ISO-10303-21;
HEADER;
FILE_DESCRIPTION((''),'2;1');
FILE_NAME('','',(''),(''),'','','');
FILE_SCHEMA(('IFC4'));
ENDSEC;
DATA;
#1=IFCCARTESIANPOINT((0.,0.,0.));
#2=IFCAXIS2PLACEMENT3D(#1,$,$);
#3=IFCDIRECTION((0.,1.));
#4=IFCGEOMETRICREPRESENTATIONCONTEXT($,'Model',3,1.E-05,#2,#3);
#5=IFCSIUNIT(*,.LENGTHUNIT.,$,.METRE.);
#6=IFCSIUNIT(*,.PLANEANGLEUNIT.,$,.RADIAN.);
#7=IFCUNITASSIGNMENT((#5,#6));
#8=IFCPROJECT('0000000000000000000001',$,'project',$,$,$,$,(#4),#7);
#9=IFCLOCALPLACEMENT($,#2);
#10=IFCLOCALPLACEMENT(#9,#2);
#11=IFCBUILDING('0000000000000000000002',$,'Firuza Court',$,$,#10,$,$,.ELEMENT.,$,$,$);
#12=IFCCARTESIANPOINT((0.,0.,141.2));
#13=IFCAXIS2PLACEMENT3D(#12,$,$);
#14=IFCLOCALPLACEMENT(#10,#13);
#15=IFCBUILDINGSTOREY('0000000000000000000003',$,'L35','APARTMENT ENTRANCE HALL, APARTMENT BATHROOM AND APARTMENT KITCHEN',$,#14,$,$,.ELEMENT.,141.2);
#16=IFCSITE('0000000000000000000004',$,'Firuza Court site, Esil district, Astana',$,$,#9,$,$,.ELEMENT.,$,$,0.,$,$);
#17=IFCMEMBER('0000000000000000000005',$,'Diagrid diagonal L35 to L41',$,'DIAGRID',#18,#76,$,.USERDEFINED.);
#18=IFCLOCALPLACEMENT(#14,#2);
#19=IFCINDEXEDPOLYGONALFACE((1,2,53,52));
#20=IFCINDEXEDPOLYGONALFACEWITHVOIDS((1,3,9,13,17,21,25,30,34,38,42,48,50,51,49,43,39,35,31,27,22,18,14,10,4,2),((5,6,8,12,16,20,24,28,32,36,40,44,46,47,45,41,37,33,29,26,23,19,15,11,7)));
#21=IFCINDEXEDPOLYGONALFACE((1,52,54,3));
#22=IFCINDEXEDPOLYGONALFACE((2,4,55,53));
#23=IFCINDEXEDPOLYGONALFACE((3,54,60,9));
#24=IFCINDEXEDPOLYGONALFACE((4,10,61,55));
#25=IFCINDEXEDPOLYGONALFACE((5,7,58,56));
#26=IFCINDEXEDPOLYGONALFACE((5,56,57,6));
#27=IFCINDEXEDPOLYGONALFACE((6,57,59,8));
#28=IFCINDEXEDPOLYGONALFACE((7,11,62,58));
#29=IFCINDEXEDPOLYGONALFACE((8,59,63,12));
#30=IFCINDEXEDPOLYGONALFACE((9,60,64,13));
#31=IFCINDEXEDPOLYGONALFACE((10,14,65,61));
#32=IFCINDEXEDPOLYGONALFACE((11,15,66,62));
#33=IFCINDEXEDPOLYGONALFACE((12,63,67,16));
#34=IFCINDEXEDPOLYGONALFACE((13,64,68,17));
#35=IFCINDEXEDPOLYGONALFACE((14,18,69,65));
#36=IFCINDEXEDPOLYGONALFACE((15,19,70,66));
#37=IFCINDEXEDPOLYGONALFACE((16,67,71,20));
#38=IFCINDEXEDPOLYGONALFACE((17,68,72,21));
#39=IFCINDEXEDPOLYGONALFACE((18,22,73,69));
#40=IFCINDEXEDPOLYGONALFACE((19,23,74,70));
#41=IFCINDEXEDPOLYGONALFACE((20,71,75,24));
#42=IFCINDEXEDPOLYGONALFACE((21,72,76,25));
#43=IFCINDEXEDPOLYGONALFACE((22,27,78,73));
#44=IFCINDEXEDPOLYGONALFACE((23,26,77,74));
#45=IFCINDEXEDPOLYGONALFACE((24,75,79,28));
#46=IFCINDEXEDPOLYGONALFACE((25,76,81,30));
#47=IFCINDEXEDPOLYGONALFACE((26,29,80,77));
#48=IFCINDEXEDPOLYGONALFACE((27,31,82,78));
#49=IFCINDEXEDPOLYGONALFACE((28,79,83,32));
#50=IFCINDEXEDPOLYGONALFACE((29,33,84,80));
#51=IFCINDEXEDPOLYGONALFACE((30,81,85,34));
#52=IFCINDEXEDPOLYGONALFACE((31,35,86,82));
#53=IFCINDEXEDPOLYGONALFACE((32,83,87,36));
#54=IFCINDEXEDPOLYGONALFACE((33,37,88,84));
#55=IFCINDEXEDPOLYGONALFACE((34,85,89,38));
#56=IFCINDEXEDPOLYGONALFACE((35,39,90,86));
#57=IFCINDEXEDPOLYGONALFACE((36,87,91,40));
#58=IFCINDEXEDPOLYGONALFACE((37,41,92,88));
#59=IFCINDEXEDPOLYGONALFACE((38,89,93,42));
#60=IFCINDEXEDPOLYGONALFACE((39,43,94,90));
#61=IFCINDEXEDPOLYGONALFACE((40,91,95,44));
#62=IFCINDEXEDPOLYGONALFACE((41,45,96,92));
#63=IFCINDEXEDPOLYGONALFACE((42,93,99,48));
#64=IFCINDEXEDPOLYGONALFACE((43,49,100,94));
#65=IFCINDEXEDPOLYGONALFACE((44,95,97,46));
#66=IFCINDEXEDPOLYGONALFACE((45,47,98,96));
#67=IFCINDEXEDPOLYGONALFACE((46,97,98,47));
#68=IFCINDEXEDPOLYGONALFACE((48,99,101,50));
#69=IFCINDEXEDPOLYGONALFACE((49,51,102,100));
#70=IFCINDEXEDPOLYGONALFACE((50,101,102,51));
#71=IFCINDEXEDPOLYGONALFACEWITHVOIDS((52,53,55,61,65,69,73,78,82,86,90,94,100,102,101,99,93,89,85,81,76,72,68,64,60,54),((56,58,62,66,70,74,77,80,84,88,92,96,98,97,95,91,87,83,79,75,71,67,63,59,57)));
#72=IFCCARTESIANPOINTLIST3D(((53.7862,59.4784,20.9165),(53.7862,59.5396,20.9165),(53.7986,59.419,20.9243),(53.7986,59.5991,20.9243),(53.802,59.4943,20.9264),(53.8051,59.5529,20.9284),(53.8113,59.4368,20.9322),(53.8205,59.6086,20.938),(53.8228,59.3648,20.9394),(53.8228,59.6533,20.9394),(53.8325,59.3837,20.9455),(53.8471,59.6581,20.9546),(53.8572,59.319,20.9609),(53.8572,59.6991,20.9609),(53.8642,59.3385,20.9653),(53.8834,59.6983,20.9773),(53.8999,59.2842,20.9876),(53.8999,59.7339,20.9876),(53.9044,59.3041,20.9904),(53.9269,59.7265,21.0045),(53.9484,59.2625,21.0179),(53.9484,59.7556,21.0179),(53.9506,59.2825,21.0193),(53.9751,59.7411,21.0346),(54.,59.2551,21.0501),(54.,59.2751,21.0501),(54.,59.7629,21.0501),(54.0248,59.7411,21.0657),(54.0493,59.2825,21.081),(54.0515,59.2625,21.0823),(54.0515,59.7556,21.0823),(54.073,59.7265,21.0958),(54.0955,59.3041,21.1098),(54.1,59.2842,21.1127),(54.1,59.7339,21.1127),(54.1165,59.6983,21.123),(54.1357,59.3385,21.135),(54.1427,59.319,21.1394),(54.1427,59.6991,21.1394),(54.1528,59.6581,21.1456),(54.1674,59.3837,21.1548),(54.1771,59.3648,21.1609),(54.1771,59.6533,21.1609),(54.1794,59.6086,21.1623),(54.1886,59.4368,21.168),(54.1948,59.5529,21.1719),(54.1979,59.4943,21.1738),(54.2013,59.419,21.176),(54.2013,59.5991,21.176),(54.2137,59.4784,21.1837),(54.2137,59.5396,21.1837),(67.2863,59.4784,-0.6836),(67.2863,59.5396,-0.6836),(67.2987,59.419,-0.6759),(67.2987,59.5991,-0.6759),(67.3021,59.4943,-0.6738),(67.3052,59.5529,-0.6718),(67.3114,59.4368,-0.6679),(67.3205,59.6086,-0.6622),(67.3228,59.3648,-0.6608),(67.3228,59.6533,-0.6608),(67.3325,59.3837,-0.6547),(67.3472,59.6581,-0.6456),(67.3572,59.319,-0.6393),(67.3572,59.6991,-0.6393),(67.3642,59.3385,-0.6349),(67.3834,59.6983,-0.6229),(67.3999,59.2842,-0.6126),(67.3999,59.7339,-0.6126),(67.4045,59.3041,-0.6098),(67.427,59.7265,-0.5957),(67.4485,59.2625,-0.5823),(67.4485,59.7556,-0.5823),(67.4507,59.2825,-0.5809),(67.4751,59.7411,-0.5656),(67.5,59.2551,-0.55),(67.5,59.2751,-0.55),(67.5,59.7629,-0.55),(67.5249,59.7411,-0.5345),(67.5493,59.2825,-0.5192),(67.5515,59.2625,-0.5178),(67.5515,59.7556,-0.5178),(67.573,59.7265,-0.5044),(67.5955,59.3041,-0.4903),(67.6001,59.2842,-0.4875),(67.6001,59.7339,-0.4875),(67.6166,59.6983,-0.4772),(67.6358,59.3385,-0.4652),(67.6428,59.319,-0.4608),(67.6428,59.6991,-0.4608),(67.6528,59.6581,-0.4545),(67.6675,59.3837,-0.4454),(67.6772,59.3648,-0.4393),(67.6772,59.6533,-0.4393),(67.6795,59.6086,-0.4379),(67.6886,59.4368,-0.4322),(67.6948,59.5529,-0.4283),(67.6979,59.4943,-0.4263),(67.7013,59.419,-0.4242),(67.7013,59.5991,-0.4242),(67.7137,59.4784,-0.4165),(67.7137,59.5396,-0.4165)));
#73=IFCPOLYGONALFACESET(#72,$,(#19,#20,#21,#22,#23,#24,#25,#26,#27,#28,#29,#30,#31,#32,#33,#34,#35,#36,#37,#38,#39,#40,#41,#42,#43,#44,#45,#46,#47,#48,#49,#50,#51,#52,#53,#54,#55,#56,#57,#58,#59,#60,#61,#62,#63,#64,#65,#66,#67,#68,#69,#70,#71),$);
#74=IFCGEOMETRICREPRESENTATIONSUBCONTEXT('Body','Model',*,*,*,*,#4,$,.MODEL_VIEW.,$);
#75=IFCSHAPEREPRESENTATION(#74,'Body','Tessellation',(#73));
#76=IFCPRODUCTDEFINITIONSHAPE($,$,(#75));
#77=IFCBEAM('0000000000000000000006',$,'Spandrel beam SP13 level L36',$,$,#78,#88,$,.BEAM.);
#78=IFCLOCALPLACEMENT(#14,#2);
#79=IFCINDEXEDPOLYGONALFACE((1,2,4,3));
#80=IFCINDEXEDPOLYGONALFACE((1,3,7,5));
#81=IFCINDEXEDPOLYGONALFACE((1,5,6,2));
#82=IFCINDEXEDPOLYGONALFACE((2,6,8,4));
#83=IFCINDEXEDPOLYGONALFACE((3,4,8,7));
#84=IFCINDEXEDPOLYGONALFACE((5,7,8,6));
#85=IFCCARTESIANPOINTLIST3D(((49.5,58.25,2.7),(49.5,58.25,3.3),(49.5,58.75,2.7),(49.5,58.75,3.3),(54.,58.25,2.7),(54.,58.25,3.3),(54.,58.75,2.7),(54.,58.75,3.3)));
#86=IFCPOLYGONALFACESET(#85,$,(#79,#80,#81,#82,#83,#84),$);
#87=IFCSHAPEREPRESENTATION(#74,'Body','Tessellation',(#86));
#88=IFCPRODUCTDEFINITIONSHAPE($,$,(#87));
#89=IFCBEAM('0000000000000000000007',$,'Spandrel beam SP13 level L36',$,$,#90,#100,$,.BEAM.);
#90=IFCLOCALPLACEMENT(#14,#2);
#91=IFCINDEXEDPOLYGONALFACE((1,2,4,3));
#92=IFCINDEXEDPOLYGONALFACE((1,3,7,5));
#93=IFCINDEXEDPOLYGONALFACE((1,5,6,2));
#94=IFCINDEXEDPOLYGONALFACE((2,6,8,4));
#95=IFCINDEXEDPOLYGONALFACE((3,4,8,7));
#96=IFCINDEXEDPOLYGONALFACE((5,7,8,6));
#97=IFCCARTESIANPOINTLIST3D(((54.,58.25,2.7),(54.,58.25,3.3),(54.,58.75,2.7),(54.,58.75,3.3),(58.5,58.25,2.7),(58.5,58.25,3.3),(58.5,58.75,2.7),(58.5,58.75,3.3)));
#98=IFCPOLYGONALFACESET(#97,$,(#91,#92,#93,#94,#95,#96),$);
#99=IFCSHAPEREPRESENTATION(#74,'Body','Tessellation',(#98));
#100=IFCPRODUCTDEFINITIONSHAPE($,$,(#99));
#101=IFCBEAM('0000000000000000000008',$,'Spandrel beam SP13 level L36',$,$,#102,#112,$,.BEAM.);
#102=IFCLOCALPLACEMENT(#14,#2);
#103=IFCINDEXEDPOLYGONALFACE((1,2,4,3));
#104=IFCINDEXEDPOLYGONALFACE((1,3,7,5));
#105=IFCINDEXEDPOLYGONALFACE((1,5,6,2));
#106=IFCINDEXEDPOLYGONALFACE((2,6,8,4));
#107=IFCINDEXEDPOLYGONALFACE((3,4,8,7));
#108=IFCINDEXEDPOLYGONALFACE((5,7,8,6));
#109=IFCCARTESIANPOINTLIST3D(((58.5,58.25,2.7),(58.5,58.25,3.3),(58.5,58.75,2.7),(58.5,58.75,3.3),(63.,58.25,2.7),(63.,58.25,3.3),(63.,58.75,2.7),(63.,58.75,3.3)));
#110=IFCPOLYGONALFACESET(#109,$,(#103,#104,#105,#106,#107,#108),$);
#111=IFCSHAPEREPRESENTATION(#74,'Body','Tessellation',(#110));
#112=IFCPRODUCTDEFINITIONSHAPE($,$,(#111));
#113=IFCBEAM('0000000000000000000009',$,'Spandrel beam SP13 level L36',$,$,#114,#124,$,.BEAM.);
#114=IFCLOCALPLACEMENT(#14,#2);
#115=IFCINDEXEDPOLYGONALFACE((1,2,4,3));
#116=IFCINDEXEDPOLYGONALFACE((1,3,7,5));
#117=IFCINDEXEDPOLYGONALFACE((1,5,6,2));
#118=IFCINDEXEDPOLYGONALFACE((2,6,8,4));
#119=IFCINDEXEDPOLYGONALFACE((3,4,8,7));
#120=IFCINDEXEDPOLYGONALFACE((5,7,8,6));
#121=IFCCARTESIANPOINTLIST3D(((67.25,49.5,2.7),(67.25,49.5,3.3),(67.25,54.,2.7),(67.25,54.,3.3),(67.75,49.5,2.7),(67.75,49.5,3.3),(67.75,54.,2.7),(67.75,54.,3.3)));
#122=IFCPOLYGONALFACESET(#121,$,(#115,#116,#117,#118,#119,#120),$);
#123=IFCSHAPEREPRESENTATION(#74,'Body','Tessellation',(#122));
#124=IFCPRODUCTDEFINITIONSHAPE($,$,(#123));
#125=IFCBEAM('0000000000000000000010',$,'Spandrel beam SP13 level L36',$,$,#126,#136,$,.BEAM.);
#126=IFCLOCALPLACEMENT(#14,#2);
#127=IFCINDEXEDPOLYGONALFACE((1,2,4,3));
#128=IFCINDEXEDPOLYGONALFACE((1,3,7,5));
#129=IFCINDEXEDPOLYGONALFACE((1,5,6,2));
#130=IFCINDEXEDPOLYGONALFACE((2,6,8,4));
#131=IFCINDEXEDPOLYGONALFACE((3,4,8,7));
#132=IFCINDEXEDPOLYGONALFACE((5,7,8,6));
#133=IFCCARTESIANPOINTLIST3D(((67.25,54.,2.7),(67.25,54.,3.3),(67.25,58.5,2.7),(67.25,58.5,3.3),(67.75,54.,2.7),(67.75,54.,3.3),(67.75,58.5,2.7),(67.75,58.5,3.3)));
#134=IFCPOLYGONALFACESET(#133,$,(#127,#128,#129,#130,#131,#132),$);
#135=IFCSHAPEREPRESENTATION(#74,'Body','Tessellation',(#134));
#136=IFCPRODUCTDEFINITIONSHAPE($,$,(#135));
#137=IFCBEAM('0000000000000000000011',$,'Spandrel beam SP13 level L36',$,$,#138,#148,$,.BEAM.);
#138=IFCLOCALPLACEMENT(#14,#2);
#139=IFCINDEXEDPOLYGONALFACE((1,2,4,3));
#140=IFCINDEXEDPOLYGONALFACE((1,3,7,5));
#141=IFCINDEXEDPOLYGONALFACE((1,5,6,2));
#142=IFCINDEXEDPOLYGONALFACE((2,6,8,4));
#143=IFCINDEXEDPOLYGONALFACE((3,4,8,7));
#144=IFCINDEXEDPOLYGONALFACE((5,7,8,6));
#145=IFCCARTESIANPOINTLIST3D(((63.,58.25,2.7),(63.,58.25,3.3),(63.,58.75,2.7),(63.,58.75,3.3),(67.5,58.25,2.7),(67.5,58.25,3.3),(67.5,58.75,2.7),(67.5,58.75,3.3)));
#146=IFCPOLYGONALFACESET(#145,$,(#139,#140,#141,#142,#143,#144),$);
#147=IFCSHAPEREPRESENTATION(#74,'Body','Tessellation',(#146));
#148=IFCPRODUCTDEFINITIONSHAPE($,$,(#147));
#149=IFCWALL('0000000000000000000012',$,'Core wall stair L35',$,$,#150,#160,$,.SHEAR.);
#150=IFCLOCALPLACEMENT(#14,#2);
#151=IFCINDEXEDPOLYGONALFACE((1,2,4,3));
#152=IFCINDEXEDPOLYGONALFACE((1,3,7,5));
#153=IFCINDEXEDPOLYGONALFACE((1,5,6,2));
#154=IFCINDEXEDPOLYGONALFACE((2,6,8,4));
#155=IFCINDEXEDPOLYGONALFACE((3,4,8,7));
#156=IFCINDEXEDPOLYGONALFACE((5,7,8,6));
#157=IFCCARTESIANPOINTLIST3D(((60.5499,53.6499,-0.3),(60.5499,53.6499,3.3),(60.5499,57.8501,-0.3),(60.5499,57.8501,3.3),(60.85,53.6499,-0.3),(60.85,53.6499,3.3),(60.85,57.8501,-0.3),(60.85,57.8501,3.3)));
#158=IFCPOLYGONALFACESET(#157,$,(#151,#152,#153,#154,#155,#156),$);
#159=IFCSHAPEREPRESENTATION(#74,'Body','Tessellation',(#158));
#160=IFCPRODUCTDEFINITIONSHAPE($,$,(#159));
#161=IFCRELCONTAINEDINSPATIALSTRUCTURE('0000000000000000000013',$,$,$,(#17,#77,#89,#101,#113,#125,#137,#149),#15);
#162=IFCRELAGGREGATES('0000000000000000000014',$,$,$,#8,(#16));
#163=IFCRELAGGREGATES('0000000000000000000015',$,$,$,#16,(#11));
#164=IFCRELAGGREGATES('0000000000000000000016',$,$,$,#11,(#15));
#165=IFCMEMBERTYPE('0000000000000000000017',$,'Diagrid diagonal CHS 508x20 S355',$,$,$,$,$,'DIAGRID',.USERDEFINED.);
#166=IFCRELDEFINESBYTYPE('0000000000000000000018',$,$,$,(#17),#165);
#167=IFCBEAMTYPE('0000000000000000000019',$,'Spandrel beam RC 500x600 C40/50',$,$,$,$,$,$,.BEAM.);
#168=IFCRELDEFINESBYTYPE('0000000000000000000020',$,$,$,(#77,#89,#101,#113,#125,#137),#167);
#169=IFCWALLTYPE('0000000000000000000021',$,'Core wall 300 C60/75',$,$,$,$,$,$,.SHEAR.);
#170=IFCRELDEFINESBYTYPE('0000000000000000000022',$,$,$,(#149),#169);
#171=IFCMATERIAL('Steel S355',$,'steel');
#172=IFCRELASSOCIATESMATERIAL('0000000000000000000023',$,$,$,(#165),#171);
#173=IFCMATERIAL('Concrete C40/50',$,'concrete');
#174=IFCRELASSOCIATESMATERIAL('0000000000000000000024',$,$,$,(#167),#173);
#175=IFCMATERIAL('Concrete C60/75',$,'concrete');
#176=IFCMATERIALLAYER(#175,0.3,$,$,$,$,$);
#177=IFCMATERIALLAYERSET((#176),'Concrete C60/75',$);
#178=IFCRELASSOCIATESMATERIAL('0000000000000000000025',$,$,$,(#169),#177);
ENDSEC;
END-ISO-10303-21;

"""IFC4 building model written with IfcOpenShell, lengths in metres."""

from ifc_helpers import new_model, si_unit, direction, frame, frame_2d, origin, origin_2d, place, context, subcontext, project, spatial, rectangle, hollow_circle, extrude, material, layer, layer_set, material_profile, profile_set, type_object, element, save


model = new_model("IFC4")

# Units and contexts
model_context = context("Model", 3, precision=1e-05, world=origin(), true_north=direction((0.0, 1.0)))
body_context = subcontext(model_context, "Body", "Model", "MODEL_VIEW")
ifc_project = project(units=[si_unit("LENGTHUNIT", "METRE"), si_unit("PLANEANGLEUNIT", "RADIAN")], contexts=[model_context])

# Site, building, storey
site_placement = place(None, origin())
site = spatial("IfcSite", under=ifc_project, at=site_placement, Name="Firuza Court site, Esil district, Astana", CompositionType="ELEMENT", RefElevation=0.0)
building_placement = place(site_placement, origin())
building = spatial("IfcBuilding", under=site, at=building_placement, Name="Firuza Court", CompositionType="ELEMENT")
storey_placement = place(building_placement, frame((0.0, 0.0, 141.2)))
storey = spatial("IfcBuildingStorey", under=building, at=storey_placement, Name="L35", Description="APARTMENT ENTRANCE HALL, APARTMENT BATHROOM AND APARTMENT KITCHEN", CompositionType="ELEMENT", Elevation=141.2)

# Member
ifc_material_1 = material(Name="Steel S355", Category="steel")
ifc_material_profile_1 = material_profile(ifc_material_1, hollow_circle(Radius=0.2539, WallThickness=0.02, at=origin_2d()), Name="CHS 508x20")
ifc_profile_set_1 = profile_set([ifc_material_profile_1], Name="Steel S355")
member_type = type_object("IfcMemberType", Name="Diagrid diagonal CHS 508x20 S355", ElementType="DIAGRID", PredefinedType="USERDEFINED", material=ifc_profile_set_1)
member_1_placement = place(storey_placement, frame((67.5, 59.509, -0.55), z_axis=(-0.529997, 0.0, 0.847999), x_axis=(0.0, -1.0, 0.0)))
element("IfcMember", 1, at=member_1_placement, inside=storey, type_object=member_type, Name="Diagrid diagonal L35 to L41", ObjectType="DIAGRID", PredefinedType="USERDEFINED", context=body_context, shape_type="SweptSolid", body=[
    extrude(hollow_circle(Radius=0.2539, WallThickness=0.02, at=origin_2d()), origin(), (0.0, 0.0, 1.0), 25.4719),
])

# Beams
ifc_material_2 = material(Name="Concrete C40/50", Category="concrete")
ifc_material_profile_2 = material_profile(ifc_material_2, rectangle(XDim=0.5, YDim=0.6001, at=origin_2d()), Name="RC 500x600")
ifc_profile_set_2 = profile_set([ifc_material_profile_2], Name="Concrete C40/50")
beam_type_1 = type_object("IfcBeamType", Name="Spandrel beam RC 500x600 C40/50", PredefinedType="BEAM", material=ifc_profile_set_2)
for number, where, z_axis, x_axis, name in (
    (2, (54.0, 58.5, 3.0), (-1.0, 0.0, 0.0), (0.0, -1.0, 0.0), "Spandrel beam SP13 level L36"),
    (3, (58.5, 58.5, 3.0), (-1.0, 0.0, 0.0), (0.0, -1.0, 0.0), "Spandrel beam SP13 level L36"),
    (4, (63.0, 58.5, 3.0), (-1.0, 0.0, 0.0), (0.0, -1.0, 0.0), "Spandrel beam SP13 level L36"),
    (5, (67.5, 49.5, 3.0), (0.0, 1.0, 0.0), (-1.0, 0.0, 0.0), "Spandrel beam SP13 level L36"),
    (6, (67.5, 54.0, 3.0), (0.0, 1.0, 0.0), (-1.0, 0.0, 0.0), "Spandrel beam SP13 level L36"),
    (7, (67.5, 58.5, 3.0), (-1.0, 0.0, 0.0), (0.0, -1.0, 0.0), "Spandrel beam SP13 level L36"),
):
    element("IfcBeam", number, at=place(storey_placement, frame(where, z_axis=z_axis, x_axis=x_axis)), inside=storey, type_object=beam_type_1, Name=name, PredefinedType="BEAM", context=body_context, shape_type="SweptSolid", body=[
        extrude(rectangle(XDim=0.5, YDim=0.6001, at=origin_2d()), origin(), (0.0, 0.0, 1.0), 4.5),
    ])

# Wall
ifc_material_3 = material(Name="Concrete C60/75", Category="concrete")
ifc_layer_1 = layer(ifc_material_3, 0.3)
ifc_layer_set_1 = layer_set([ifc_layer_1], Name="Concrete C60/75")
wall_type_1 = type_object("IfcWallType", Name="Core wall 300 C60/75", PredefinedType="SHEAR", material=ifc_layer_set_1)
wall_1_placement = place(storey_placement, frame((60.7, 53.6499, -0.3), z_axis=(0.0, 0.0, 1.0), x_axis=(0.0, 1.0, 0.0)))
element("IfcWall", 8, at=wall_1_placement, inside=storey, type_object=wall_type_1, Name="Core wall stair L35", PredefinedType="SHEAR", context=body_context, shape_type="SweptSolid", body=[
    extrude(rectangle(XDim=4.2002, YDim=0.3, at=frame_2d((2.1001, 0.0))), origin(), (0.0, 0.0, 1.0), 3.6001),
])

save(model, "model.ifc")
